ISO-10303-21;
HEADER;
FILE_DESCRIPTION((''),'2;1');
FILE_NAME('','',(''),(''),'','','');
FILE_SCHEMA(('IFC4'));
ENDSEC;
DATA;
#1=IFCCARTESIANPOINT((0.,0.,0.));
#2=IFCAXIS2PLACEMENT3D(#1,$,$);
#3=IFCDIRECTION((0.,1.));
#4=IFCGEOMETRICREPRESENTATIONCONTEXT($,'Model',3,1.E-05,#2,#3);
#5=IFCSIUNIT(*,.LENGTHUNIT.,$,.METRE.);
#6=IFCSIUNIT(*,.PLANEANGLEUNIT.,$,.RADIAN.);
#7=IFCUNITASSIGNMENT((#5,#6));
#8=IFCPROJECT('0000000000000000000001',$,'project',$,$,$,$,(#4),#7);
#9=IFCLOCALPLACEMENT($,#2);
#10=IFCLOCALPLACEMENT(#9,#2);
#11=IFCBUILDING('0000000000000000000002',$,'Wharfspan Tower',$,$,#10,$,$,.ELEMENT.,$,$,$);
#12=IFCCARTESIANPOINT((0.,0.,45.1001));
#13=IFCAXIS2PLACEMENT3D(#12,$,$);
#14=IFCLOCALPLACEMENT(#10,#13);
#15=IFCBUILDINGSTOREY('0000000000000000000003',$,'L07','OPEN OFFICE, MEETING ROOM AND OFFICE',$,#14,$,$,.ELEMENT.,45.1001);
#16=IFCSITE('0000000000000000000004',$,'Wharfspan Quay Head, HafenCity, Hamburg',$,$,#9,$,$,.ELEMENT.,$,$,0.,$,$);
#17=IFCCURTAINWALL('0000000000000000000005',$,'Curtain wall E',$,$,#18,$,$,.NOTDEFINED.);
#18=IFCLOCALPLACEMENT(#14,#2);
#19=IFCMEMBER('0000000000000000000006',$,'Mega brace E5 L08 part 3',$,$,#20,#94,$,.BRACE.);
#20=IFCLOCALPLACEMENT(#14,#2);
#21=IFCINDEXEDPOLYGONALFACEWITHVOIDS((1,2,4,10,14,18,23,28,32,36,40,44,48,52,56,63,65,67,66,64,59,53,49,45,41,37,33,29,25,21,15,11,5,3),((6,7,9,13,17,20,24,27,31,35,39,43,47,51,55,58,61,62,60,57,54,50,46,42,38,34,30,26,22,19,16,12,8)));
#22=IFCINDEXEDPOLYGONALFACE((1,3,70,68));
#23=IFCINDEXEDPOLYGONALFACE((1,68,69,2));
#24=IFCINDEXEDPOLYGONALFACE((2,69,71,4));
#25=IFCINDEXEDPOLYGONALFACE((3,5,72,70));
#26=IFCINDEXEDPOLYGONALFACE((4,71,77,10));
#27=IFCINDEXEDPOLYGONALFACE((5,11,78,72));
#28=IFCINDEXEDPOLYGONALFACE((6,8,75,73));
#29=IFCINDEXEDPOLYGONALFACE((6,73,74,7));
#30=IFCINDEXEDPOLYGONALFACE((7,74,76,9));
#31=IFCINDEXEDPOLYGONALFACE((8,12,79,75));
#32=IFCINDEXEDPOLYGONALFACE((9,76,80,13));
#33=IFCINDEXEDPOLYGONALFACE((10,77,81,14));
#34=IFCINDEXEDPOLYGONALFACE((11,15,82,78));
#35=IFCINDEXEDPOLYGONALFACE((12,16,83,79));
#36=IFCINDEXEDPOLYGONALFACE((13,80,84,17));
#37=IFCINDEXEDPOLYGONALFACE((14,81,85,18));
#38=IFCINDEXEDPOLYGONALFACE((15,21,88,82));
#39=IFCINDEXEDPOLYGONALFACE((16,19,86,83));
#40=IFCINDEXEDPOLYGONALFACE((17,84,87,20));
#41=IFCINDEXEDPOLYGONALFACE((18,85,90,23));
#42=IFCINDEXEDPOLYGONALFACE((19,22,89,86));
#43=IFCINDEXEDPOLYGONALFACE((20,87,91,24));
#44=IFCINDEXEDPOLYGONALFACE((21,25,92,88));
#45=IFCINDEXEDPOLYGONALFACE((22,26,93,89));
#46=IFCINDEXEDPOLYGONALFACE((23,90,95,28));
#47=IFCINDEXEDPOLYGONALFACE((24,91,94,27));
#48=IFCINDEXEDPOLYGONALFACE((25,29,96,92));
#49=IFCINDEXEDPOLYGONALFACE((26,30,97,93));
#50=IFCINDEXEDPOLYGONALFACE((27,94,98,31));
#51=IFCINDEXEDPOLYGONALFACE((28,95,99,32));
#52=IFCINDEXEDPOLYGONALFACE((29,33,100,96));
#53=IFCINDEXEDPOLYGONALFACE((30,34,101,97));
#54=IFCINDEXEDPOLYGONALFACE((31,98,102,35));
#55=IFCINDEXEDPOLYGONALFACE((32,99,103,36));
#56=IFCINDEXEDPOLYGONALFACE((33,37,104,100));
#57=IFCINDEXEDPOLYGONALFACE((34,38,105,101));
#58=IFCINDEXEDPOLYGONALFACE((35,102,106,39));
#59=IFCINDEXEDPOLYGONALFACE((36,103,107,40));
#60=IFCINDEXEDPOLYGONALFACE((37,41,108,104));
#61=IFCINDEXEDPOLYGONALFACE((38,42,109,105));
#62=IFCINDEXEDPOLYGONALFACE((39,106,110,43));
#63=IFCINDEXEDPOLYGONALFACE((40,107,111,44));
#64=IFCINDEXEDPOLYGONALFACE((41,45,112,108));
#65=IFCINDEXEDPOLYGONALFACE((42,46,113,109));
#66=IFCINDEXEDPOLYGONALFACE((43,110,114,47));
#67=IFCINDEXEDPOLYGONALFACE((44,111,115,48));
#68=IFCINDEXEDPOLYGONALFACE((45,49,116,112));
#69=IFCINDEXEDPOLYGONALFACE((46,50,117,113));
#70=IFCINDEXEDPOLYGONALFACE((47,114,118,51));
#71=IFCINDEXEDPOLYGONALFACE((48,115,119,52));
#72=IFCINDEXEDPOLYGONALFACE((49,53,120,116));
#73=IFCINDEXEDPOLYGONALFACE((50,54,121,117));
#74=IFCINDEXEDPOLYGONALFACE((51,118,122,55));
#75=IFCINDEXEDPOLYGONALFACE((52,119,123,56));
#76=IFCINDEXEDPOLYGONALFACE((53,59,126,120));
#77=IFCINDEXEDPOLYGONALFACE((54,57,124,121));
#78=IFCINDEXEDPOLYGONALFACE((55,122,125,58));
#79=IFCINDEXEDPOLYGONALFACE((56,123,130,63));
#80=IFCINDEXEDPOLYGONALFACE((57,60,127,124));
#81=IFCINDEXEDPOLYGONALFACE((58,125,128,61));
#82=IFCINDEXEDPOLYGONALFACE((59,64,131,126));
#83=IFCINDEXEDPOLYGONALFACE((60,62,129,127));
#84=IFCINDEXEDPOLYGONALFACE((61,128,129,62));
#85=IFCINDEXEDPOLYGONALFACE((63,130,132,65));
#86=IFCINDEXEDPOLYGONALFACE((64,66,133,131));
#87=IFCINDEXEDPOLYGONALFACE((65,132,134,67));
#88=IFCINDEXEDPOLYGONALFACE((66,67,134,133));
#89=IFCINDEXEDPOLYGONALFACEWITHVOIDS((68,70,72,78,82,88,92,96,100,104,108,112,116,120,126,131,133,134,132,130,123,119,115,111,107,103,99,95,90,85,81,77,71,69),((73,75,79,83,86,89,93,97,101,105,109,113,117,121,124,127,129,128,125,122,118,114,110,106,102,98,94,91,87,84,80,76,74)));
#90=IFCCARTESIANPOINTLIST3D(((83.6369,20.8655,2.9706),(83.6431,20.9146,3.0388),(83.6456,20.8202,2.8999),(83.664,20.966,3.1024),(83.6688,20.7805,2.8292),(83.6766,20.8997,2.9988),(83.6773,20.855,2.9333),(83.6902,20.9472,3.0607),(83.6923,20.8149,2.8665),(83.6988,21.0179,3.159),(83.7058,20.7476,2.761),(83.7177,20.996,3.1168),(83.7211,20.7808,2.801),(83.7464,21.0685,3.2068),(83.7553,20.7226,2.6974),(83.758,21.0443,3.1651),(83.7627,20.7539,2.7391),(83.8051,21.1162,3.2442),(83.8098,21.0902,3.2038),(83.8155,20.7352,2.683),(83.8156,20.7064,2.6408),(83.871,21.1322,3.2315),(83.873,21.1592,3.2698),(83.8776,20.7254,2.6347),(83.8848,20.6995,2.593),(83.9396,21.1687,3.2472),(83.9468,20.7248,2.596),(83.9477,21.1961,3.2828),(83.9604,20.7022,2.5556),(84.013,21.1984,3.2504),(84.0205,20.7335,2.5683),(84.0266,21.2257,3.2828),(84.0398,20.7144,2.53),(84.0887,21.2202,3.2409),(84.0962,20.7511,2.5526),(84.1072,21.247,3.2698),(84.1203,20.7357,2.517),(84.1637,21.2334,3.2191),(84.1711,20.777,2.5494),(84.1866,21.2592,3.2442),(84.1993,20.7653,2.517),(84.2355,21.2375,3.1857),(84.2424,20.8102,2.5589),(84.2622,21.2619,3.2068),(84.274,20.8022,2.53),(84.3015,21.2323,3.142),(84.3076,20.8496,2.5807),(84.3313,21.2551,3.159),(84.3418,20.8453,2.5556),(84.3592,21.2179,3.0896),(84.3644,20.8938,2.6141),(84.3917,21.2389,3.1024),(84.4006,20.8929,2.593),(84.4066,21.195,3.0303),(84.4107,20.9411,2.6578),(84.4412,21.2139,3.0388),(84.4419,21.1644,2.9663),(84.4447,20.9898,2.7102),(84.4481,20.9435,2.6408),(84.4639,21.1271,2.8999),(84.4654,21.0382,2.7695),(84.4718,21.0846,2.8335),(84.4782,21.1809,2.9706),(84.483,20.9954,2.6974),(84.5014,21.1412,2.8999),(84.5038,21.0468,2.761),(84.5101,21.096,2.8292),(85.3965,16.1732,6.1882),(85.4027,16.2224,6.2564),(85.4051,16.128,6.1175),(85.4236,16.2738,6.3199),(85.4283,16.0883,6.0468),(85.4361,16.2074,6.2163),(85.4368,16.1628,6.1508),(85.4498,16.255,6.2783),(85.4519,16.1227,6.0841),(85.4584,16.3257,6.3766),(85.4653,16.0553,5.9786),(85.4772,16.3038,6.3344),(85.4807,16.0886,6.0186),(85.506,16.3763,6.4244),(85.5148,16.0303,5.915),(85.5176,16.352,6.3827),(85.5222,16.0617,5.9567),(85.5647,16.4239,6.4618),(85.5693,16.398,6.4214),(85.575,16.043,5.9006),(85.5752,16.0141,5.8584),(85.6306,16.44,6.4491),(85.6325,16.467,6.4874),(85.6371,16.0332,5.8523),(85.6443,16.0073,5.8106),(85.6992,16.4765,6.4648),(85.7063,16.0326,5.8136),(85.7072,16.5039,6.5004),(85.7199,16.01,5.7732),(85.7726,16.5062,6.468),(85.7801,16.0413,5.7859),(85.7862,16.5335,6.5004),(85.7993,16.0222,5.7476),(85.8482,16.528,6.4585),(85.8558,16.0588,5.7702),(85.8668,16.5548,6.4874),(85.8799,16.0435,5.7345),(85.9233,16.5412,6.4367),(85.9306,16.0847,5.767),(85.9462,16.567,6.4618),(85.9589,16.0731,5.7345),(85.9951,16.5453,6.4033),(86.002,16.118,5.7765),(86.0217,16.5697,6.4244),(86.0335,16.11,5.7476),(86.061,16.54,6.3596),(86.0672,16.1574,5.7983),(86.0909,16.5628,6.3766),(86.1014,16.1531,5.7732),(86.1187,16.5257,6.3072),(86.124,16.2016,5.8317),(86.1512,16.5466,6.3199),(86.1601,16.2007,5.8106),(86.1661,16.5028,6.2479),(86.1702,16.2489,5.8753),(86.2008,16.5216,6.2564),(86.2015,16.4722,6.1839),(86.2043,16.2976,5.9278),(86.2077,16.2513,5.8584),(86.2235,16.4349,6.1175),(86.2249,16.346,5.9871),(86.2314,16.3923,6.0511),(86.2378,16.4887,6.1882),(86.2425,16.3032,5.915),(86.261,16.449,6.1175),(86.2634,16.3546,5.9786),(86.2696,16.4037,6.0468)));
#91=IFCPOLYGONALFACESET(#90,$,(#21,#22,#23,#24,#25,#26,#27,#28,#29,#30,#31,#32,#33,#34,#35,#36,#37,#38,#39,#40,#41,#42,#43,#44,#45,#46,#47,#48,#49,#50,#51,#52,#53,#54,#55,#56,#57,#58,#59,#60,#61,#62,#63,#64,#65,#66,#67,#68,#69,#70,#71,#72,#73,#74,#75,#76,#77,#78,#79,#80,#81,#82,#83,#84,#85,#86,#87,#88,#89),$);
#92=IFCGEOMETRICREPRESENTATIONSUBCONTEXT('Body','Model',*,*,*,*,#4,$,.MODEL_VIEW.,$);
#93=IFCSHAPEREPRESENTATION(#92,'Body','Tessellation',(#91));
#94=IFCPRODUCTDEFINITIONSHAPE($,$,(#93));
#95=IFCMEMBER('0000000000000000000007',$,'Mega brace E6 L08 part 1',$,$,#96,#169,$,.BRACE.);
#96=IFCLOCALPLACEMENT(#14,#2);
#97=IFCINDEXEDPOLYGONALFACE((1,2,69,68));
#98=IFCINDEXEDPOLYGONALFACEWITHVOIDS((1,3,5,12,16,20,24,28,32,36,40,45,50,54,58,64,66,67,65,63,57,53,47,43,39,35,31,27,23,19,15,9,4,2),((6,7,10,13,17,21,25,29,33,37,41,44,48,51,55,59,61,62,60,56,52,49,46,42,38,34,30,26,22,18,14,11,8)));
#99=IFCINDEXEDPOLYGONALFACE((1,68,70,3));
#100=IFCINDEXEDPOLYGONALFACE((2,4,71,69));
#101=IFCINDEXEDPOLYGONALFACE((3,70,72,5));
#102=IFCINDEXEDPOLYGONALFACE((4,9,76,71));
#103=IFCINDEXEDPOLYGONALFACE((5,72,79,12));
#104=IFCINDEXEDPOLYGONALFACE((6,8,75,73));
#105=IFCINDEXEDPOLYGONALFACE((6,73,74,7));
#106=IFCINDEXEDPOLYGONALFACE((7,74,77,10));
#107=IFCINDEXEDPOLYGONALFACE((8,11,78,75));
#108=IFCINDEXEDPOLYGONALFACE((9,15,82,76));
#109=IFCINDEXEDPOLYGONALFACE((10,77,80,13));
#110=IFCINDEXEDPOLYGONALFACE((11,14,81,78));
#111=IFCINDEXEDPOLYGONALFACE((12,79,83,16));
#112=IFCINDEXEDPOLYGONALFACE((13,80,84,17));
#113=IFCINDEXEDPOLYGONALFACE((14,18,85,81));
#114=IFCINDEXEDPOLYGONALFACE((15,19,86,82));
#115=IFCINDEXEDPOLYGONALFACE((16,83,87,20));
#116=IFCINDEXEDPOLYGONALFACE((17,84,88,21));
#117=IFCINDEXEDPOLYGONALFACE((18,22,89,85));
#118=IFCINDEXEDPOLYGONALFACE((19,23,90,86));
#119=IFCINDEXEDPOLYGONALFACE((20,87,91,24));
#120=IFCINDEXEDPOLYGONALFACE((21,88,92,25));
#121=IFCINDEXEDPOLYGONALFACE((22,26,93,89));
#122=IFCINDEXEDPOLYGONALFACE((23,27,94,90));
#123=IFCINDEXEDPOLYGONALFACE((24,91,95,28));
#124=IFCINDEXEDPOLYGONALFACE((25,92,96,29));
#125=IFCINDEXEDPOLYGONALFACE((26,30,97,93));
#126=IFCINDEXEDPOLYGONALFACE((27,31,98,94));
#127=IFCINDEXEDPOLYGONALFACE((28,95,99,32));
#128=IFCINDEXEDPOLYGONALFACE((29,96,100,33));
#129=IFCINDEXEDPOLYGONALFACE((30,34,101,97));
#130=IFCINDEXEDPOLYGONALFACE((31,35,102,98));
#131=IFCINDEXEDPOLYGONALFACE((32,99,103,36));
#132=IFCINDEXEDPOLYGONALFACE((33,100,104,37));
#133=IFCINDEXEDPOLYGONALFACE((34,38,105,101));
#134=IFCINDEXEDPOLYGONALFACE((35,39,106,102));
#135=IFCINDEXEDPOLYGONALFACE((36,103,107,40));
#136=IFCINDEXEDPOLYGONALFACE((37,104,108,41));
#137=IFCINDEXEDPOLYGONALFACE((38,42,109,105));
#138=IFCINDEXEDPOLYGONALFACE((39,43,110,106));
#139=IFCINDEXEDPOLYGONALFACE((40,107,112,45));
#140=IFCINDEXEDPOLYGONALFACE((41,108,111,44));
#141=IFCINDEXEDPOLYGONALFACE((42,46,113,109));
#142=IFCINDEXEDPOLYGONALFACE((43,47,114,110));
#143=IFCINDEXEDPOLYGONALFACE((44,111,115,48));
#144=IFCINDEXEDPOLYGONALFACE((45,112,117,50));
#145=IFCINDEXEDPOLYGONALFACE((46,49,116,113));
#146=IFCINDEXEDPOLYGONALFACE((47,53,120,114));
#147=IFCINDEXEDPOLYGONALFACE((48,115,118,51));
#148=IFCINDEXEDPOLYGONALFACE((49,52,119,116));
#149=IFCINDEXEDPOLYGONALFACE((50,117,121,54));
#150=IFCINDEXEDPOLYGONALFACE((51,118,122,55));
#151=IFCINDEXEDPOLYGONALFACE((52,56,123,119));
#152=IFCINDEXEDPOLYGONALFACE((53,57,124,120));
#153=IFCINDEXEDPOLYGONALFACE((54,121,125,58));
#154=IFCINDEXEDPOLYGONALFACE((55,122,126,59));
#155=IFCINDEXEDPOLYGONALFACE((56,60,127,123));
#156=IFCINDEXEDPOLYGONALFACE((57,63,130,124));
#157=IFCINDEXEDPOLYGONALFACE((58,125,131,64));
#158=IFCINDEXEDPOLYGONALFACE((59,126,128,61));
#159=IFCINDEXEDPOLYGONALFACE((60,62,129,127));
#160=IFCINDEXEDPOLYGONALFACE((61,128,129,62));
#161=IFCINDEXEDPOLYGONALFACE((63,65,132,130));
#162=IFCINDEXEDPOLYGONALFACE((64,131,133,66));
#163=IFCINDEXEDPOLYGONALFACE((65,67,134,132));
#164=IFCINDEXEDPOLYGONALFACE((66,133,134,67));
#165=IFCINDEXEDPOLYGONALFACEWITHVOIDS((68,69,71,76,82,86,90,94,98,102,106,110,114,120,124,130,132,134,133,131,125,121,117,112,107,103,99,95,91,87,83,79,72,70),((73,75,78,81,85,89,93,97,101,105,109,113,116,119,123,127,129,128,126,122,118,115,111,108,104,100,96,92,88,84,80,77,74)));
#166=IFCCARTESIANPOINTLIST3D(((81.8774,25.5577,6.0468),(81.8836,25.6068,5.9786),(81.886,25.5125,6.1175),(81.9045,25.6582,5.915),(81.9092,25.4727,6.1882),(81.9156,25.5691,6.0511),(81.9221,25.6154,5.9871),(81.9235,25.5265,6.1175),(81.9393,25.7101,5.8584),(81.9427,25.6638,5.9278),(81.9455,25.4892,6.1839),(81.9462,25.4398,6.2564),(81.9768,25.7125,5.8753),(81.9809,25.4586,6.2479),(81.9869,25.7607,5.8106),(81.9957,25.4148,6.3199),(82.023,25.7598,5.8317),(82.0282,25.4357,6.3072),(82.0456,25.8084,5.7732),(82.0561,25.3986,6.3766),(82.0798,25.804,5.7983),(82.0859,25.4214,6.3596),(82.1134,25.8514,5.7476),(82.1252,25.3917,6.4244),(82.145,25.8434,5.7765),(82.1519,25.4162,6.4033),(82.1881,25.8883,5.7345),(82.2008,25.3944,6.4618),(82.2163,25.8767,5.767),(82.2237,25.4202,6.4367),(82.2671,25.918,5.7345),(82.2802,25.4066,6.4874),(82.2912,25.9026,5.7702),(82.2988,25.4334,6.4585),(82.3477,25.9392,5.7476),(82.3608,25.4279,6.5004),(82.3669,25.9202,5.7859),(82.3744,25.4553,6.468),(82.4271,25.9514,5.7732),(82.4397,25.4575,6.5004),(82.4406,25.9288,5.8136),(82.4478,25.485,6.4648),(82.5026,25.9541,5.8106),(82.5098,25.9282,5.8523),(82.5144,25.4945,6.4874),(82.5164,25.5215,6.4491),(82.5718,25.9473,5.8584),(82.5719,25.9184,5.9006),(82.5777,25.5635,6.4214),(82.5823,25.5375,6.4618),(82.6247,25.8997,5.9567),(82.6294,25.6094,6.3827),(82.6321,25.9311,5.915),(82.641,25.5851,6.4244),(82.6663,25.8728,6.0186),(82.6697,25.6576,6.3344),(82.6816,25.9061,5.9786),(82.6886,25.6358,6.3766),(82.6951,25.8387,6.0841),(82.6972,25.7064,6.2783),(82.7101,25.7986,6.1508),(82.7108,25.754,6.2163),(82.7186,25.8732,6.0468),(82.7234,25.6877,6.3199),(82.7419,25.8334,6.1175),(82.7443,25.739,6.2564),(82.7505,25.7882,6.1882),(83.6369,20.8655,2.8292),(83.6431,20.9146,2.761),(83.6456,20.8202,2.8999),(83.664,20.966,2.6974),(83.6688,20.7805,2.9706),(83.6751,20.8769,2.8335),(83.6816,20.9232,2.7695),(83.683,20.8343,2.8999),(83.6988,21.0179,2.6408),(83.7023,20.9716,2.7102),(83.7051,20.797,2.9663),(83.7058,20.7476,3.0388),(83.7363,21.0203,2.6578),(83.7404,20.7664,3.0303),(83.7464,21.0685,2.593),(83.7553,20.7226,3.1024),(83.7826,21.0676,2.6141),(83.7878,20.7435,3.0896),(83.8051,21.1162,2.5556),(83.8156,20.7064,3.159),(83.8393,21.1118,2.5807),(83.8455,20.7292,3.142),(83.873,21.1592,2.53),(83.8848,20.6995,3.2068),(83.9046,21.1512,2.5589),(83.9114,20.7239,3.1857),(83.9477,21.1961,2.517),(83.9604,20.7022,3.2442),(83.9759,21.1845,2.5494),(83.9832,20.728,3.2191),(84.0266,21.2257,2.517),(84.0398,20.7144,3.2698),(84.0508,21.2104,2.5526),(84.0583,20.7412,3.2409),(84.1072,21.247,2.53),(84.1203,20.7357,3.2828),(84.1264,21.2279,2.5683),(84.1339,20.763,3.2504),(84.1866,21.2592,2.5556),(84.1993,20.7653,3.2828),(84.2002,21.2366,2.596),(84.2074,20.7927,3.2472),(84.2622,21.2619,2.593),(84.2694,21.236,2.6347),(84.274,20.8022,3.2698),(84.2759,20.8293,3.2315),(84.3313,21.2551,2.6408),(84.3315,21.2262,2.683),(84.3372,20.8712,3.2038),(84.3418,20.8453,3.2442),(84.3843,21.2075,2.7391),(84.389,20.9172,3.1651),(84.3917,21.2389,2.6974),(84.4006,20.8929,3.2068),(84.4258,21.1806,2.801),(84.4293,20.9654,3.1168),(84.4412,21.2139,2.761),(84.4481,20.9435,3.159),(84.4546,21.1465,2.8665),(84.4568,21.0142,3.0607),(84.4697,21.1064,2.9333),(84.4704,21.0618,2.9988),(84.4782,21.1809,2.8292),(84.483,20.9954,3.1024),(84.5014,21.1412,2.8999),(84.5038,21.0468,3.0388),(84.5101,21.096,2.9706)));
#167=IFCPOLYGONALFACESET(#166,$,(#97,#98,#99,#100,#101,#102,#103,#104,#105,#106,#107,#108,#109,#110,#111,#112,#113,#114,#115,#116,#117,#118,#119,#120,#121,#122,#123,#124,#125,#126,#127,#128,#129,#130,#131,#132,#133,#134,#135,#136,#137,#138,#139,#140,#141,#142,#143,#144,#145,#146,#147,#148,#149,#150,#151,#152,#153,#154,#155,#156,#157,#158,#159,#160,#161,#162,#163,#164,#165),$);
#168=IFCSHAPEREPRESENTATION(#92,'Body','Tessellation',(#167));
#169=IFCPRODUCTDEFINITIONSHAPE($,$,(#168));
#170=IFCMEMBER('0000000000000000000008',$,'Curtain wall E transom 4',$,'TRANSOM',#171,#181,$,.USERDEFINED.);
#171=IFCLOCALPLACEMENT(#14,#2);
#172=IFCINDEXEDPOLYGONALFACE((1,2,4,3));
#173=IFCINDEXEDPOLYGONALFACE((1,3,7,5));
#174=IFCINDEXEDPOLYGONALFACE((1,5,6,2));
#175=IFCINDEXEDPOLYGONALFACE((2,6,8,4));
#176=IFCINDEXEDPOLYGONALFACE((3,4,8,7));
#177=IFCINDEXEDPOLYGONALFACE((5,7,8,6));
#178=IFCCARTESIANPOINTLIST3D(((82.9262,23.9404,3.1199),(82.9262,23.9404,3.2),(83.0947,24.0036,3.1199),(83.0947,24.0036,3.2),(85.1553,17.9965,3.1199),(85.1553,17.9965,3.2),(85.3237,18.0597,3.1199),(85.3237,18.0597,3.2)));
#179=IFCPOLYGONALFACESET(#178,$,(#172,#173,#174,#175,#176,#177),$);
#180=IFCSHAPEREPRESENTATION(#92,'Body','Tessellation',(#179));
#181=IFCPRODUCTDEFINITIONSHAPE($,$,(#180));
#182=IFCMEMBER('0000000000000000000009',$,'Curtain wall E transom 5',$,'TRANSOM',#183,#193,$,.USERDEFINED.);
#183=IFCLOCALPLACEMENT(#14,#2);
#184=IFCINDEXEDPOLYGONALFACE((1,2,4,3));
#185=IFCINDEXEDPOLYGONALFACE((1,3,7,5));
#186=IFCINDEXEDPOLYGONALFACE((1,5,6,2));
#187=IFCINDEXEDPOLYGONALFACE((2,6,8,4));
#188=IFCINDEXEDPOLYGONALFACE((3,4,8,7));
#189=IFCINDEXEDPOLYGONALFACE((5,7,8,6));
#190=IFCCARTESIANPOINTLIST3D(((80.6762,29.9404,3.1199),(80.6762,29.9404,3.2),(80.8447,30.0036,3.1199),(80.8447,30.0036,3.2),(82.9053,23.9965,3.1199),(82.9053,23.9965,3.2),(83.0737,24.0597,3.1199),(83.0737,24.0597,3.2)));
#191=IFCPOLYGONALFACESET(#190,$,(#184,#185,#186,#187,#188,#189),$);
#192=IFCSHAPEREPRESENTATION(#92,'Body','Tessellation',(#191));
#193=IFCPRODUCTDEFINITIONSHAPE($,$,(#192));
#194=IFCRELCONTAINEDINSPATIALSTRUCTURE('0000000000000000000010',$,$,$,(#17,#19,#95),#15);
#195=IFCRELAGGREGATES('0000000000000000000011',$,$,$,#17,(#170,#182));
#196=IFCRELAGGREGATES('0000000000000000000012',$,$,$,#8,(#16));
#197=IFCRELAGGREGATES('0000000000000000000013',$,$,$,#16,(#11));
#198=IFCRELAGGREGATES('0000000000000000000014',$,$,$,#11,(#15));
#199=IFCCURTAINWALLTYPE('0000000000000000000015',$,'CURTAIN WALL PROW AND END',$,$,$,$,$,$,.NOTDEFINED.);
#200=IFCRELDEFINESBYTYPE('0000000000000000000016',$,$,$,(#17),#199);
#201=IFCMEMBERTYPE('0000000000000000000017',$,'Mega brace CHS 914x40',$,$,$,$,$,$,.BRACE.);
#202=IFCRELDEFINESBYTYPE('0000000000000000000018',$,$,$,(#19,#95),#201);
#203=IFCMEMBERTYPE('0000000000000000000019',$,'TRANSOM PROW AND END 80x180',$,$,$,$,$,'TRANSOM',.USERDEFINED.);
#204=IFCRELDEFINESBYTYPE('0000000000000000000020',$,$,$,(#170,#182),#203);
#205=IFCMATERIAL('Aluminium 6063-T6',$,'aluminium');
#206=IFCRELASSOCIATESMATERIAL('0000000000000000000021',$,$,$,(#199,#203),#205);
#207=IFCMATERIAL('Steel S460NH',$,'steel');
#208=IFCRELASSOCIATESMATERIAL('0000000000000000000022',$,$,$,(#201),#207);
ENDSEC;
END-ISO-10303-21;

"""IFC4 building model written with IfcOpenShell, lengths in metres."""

from ifc_helpers import new_model, si_unit, direction, frame, origin, origin_2d, place, context, subcontext, project, spatial, rectangle, hollow_circle, extrude, material, material_profile, profile_set, type_object, element, aggregate, save


model = new_model("IFC4")

# Units and contexts
model_context = context("Model", 3, precision=1e-05, world=origin(), true_north=direction((0.0, 1.0)))
body_context = subcontext(model_context, "Body", "Model", "MODEL_VIEW")
ifc_project = project(units=[si_unit("LENGTHUNIT", "METRE"), si_unit("PLANEANGLEUNIT", "RADIAN")], contexts=[model_context])

# Site, building, storey
site_placement = place(None, origin())
site = spatial("IfcSite", under=ifc_project, at=site_placement, Name="Wharfspan Quay Head, HafenCity, Hamburg", CompositionType="ELEMENT", RefElevation=0.0)
building_placement = place(site_placement, origin())
building = spatial("IfcBuilding", under=site, at=building_placement, Name="Wharfspan Tower", CompositionType="ELEMENT")
storey_placement = place(building_placement, frame((0.0, 0.0, 45.1001)))
storey = spatial("IfcBuildingStorey", under=building, at=storey_placement, Name="L07", Description="OPEN OFFICE, MEETING ROOM AND OFFICE", CompositionType="ELEMENT", Elevation=45.1001)

# Curtain wall
ifc_material_1 = material(Name="Aluminium 6063-T6", Category="aluminium")
curtain_wall_type = type_object("IfcCurtainWallType", Name="CURTAIN WALL PROW AND END", PredefinedType="NOTDEFINED", material=ifc_material_1)
curtain_wall_placement = place(storey_placement, origin())
curtain_wall = element("IfcCurtainWall", 1, at=curtain_wall_placement, inside=storey, type_object=curtain_wall_type, Name="Curtain wall E", PredefinedType="NOTDEFINED")

# Members
ifc_material_2 = material(Name="Steel S460NH", Category="steel")
ifc_material_profile_1 = material_profile(ifc_material_2, hollow_circle(Radius=0.457, WallThickness=0.04, at=origin_2d()))
ifc_profile_set_1 = profile_set([ifc_material_profile_1], Name="Steel S460NH")
member_type_1 = type_object("IfcMemberType", Name="Mega brace CHS 914x40", PredefinedType="BRACE", material=ifc_profile_set_1)
for number, where, z_axis, x_axis, name in (
    (2, (84.0735, 20.9807, 2.8999), (0.295459, -0.787904, 0.540288), (0.936328, 0.351115, -0.000003), "Mega brace E5 L08 part 3"),
    (3, (84.0735, 20.9807, 2.8999), (-0.295459, 0.787904, 0.540288), (-0.936328, -0.351115, -0.000003), "Mega brace E6 L08 part 1"),
):
    element("IfcMember", number, at=place(storey_placement, frame(where, z_axis=z_axis, x_axis=x_axis)), inside=storey, type_object=member_type_1, Name=name, PredefinedType="BRACE", context=body_context, shape_type="SweptSolid", body=[
        extrude(hollow_circle(Radius=0.457, WallThickness=0.04, at=origin_2d()), origin(), (0.0, 0.0, 1.0), 5.9553),
    ])

# Members
ifc_material_profile_2 = material_profile(ifc_material_1, rectangle(XDim=0.1799, YDim=0.0801, at=origin_2d()))
ifc_profile_set_2 = profile_set([ifc_material_profile_2], Name="Aluminium 6063-T6")
member_type_2 = type_object("IfcMemberType", Name="TRANSOM PROW AND END 80x180", ElementType="TRANSOM", PredefinedType="USERDEFINED", material=ifc_profile_set_2)
member_1_placement = place(storey_placement, frame((85.2395, 18.0281, 3.1599), z_axis=(-0.351132, 0.936326, 0.0), x_axis=(-0.936326, -0.351132, 0.0)))
member_1 = element("IfcMember", 4, at=member_1_placement, type_object=member_type_2, Name="Curtain wall E transom 4", ObjectType="TRANSOM", PredefinedType="USERDEFINED", context=body_context, shape_type="SweptSolid", body=[
    extrude(rectangle(XDim=0.1799, YDim=0.0801, at=origin_2d()), origin(), (0.0, 0.0, 1.0), 6.3481),
])
member_2_placement = place(storey_placement, frame((82.9895, 24.0281, 3.1599), z_axis=(-0.351132, 0.936326, 0.0), x_axis=(-0.936326, -0.351132, 0.0)))
member_2 = element("IfcMember", 5, at=member_2_placement, type_object=member_type_2, Name="Curtain wall E transom 5", ObjectType="TRANSOM", PredefinedType="USERDEFINED", context=body_context, shape_type="SweptSolid", body=[
    extrude(rectangle(XDim=0.1799, YDim=0.0801, at=origin_2d()), origin(), (0.0, 0.0, 1.0), 6.3481),
])

aggregate(curtain_wall, [member_1, member_2])

save(model, "model.ifc")
